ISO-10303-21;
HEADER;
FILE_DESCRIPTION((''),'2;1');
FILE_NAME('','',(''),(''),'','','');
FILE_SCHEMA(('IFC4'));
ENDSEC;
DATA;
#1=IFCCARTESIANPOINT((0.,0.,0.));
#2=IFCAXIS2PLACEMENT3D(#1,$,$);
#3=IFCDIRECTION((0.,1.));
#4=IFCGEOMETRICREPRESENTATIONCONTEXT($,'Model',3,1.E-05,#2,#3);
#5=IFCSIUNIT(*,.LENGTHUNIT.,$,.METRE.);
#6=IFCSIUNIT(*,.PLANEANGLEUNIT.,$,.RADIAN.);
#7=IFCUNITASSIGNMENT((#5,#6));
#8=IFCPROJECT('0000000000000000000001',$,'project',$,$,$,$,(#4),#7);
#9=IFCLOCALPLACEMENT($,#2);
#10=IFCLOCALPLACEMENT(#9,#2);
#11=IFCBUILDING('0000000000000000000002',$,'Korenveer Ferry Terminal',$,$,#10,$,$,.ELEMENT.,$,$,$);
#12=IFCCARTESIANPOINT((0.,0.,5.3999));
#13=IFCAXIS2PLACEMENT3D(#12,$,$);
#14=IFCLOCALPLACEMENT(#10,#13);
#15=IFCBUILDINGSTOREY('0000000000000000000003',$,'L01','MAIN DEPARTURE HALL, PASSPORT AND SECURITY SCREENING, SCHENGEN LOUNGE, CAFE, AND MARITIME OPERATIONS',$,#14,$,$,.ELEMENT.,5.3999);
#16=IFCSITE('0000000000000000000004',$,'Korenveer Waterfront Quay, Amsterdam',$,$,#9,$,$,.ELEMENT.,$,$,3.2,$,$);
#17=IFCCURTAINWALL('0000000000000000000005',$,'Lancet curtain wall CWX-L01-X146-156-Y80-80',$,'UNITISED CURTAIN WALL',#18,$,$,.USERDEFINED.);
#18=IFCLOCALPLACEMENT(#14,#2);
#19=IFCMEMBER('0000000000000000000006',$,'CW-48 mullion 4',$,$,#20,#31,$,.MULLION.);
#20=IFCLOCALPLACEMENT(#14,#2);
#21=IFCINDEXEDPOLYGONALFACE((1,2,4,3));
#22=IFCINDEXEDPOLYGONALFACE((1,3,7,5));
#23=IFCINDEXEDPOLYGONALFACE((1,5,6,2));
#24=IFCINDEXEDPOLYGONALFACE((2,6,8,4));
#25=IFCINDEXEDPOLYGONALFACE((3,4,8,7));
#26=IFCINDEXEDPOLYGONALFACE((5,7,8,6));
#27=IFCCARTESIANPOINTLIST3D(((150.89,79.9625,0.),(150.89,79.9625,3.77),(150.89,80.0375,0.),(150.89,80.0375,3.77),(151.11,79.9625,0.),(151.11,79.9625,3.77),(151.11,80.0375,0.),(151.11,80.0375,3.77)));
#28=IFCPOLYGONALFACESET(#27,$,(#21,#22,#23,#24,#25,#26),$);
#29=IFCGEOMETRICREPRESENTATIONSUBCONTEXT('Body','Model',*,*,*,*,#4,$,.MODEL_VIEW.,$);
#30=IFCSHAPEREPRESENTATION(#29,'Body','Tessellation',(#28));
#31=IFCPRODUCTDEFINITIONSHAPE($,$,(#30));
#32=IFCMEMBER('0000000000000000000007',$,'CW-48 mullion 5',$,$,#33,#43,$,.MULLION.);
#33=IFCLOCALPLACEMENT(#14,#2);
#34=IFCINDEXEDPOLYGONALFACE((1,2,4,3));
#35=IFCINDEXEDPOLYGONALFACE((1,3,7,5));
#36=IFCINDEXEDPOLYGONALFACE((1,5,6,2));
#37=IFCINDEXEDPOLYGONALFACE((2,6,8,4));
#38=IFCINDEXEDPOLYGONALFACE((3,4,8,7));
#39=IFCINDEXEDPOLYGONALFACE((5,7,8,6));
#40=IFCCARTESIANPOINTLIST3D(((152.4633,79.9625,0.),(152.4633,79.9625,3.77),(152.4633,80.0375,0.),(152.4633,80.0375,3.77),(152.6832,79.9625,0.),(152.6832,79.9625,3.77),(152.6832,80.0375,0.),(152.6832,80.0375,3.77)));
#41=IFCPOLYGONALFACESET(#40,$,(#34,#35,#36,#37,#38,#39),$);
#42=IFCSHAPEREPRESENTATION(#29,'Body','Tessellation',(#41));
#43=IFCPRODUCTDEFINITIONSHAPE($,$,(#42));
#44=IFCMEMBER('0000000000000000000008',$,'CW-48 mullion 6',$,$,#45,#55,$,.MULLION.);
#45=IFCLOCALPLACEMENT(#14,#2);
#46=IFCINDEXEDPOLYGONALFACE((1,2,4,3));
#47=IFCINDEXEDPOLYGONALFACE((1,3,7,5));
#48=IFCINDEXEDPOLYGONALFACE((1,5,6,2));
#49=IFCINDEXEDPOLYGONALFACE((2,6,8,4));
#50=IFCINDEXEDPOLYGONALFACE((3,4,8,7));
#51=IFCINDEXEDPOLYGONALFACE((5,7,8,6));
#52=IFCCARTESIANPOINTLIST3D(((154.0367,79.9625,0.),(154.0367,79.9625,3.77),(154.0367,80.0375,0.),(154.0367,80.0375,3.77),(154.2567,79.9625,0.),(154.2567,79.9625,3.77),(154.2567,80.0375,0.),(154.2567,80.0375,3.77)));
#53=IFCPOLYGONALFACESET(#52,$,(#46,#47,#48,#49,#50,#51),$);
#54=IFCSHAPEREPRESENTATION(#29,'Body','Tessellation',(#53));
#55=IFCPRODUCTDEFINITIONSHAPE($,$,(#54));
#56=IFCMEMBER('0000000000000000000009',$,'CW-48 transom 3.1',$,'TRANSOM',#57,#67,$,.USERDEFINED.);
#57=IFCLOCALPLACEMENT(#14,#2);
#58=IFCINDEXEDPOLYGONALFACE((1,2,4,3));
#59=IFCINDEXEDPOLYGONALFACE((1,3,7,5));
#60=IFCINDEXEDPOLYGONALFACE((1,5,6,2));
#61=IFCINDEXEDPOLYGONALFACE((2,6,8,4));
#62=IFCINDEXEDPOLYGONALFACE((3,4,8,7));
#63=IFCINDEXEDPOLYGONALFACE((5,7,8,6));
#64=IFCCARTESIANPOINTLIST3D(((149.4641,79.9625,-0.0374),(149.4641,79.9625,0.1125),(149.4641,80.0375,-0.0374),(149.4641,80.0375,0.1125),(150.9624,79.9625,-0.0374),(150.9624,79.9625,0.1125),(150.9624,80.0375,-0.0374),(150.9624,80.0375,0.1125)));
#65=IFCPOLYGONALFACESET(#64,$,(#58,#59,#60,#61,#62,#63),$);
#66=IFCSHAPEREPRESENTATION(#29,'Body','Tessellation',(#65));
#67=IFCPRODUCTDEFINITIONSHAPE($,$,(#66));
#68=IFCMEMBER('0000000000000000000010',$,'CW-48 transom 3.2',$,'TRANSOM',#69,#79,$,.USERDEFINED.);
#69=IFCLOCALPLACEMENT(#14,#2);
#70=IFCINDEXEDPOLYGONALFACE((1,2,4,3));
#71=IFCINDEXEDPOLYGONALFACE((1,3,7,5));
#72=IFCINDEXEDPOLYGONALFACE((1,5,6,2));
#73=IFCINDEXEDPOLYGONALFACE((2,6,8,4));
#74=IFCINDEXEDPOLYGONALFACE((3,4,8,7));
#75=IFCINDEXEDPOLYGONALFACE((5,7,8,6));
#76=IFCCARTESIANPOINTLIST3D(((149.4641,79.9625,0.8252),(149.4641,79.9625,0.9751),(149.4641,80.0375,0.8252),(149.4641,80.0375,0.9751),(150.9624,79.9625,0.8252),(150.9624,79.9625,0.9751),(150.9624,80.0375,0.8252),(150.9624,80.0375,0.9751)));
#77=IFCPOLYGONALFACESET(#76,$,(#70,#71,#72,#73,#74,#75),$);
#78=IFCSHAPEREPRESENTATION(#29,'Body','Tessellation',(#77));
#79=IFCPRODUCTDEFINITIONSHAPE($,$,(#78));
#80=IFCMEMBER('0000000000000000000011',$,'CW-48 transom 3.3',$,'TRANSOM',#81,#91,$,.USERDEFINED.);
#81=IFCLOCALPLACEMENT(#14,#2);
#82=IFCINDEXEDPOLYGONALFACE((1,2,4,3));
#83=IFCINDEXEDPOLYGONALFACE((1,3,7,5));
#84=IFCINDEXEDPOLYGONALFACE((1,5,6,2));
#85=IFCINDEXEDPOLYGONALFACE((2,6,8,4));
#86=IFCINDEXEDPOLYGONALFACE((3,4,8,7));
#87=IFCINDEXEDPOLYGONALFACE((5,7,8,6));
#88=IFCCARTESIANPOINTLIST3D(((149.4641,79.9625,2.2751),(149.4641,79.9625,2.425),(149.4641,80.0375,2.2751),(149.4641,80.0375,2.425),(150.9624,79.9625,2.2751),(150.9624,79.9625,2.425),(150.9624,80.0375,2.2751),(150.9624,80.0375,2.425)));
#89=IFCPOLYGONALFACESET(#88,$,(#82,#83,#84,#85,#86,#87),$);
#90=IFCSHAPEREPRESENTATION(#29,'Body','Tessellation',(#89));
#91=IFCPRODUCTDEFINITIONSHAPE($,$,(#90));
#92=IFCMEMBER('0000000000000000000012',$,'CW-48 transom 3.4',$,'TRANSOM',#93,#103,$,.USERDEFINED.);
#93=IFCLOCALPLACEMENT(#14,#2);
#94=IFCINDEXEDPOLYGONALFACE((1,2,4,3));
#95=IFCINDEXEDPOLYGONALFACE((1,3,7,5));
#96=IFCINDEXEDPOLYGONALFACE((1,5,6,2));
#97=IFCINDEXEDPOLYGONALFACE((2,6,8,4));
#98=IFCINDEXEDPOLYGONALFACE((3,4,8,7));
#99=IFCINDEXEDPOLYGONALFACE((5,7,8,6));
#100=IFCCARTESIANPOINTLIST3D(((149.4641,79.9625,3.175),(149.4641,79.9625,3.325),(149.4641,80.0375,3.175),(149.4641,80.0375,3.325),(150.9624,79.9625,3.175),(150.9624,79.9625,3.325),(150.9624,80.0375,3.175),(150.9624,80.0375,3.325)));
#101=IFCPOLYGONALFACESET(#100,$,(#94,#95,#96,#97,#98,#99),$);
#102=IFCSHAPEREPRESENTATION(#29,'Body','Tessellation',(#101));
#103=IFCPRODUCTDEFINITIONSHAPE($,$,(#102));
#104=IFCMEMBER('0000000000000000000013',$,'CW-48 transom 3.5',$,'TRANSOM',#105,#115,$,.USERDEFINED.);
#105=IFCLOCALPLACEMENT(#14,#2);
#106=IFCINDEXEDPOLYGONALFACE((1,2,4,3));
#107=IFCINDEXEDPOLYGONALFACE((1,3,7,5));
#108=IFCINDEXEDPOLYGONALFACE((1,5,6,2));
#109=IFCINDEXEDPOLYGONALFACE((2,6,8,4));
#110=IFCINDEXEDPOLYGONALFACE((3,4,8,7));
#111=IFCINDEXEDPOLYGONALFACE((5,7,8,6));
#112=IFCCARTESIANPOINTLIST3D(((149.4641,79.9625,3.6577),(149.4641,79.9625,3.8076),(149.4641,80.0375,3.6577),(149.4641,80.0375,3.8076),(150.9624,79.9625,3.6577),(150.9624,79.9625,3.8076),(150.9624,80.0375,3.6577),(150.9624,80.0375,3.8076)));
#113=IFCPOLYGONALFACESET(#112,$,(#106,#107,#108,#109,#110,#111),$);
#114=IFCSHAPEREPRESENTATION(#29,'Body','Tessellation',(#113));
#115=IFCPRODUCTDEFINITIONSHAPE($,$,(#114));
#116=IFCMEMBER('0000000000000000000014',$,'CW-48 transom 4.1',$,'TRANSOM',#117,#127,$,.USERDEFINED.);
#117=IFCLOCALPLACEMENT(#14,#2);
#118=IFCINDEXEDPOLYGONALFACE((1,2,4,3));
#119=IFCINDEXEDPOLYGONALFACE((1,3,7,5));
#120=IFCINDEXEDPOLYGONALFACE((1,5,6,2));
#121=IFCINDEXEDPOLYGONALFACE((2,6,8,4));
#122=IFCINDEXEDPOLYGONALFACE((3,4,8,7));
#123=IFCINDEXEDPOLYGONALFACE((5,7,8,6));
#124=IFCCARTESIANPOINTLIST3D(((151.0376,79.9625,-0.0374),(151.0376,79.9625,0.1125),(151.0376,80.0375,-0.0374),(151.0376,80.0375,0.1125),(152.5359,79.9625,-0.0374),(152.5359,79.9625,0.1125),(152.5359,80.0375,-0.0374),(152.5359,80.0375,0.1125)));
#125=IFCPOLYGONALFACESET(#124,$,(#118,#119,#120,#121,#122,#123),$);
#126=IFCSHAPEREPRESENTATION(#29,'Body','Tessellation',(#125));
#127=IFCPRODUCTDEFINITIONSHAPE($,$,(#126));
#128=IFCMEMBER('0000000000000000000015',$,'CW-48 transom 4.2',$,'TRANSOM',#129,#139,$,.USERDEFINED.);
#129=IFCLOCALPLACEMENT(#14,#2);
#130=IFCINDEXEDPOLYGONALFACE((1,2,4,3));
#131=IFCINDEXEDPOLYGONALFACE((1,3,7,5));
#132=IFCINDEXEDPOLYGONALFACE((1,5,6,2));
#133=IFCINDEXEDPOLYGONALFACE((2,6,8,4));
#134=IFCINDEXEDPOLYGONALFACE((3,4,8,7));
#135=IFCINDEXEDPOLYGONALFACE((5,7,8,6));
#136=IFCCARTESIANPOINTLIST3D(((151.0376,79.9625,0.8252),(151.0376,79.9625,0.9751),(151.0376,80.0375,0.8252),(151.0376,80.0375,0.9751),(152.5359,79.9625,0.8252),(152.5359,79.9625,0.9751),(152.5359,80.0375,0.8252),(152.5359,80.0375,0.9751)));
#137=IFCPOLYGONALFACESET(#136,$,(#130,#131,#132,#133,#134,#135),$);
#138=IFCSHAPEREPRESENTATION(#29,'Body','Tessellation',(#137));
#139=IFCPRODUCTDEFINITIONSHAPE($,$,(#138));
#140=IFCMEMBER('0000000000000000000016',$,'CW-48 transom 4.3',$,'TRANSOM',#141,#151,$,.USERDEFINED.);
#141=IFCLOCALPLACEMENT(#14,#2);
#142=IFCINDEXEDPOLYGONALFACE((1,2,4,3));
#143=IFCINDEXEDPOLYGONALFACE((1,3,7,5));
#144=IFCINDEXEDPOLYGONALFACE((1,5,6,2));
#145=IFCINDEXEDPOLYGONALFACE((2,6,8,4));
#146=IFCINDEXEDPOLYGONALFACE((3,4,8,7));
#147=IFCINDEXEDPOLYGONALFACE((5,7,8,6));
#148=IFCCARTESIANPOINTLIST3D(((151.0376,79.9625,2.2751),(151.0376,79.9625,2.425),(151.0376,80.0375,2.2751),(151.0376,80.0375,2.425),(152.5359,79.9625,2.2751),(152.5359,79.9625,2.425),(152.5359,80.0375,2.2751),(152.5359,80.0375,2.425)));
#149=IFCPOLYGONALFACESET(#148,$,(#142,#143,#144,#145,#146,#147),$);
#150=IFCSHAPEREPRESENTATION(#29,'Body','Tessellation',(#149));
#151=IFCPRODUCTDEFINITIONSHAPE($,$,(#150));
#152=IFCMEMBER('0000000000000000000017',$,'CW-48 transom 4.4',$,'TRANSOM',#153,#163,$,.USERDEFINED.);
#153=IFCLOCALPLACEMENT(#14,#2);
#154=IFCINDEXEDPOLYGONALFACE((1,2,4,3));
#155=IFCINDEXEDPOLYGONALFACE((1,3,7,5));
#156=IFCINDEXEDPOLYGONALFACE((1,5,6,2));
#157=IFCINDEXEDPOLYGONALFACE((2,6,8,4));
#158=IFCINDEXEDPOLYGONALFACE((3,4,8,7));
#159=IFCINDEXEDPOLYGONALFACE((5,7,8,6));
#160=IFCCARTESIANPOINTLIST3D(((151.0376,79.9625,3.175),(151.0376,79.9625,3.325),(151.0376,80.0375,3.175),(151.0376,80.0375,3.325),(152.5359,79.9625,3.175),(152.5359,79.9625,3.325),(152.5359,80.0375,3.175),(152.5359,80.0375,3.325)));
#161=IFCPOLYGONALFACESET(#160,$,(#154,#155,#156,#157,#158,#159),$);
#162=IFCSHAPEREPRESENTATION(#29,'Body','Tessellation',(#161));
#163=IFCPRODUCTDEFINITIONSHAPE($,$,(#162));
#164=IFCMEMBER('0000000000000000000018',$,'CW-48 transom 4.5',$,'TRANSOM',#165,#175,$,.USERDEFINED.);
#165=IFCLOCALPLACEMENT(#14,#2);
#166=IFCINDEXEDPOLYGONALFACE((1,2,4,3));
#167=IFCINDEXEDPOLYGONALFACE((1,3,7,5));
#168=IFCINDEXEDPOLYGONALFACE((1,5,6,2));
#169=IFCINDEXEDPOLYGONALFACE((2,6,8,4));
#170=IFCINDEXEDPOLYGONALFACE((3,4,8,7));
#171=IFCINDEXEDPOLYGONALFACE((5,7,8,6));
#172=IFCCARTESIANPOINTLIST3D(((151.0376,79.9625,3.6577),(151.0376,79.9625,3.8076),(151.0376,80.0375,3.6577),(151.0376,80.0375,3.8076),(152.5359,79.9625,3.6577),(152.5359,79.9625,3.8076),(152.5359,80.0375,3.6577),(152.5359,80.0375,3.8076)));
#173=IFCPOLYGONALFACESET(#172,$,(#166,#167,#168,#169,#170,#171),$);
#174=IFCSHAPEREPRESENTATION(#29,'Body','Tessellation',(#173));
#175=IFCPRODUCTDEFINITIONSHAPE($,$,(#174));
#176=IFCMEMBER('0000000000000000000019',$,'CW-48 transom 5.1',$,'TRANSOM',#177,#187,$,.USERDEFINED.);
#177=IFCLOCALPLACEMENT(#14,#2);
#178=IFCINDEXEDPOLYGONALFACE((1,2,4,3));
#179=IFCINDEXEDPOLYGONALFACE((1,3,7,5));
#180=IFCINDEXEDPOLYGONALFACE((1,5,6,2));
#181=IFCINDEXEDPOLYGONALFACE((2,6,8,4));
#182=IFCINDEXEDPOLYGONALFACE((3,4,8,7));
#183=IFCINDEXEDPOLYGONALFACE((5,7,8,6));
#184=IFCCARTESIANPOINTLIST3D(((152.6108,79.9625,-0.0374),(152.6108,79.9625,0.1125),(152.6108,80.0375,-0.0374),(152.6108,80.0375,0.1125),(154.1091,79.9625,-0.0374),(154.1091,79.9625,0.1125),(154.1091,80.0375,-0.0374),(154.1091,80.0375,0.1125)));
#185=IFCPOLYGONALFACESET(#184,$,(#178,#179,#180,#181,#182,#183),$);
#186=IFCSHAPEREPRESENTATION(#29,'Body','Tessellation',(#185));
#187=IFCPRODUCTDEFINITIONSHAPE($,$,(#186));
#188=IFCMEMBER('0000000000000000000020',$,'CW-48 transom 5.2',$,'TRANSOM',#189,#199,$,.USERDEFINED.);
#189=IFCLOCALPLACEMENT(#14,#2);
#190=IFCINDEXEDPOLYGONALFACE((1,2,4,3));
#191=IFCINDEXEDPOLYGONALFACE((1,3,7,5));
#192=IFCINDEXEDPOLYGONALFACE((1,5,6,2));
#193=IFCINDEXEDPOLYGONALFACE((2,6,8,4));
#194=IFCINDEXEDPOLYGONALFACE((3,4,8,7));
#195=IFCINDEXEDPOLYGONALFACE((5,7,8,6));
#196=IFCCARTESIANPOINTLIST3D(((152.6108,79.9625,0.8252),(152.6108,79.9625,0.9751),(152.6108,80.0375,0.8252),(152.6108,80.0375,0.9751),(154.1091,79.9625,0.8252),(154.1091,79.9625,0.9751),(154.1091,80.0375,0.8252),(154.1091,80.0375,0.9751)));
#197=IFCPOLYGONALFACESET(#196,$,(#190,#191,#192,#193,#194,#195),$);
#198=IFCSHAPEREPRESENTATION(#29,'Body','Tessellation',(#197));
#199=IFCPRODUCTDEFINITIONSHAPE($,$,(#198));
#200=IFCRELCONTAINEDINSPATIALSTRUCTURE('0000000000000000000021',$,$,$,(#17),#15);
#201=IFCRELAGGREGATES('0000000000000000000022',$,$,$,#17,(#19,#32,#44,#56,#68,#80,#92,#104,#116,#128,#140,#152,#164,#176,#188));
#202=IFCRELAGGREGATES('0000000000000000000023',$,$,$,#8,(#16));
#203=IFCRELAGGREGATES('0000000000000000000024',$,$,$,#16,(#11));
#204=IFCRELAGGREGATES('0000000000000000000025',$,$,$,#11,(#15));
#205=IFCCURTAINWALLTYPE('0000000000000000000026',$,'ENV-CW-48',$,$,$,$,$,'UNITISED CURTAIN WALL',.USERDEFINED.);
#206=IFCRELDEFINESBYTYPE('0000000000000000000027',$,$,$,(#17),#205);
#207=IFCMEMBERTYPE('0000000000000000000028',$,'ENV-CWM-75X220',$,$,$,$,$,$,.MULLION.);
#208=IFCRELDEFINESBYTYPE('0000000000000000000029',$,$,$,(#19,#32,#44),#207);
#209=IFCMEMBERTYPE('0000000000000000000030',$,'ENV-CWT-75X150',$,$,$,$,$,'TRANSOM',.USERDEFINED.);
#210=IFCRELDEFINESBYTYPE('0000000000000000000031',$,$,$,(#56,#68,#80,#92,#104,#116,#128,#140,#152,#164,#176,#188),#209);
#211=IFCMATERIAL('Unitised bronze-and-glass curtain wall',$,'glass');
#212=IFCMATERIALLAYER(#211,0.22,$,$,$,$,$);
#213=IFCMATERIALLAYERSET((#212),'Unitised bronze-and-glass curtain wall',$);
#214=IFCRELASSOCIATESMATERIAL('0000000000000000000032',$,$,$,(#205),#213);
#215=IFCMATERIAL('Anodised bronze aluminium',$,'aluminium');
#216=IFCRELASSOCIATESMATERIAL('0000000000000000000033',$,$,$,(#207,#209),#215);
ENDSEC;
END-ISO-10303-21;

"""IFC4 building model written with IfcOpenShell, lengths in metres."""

from ifc_helpers import new_model, si_unit, direction, frame, origin, origin_2d, place, context, subcontext, project, spatial, rectangle, extrude, material, layer, layer_set, material_profile, profile_set, type_object, element, aggregate, save


model = new_model("IFC4")

# Units and contexts
model_context = context("Model", 3, precision=1e-05, world=origin(), true_north=direction((0.0, 1.0)))
body_context = subcontext(model_context, "Body", "Model", "MODEL_VIEW")
ifc_project = project(units=[si_unit("LENGTHUNIT", "METRE"), si_unit("PLANEANGLEUNIT", "RADIAN")], contexts=[model_context])

# Site, building, storey
site_placement = place(None, origin())
site = spatial("IfcSite", under=ifc_project, at=site_placement, Name="Korenveer Waterfront Quay, Amsterdam", CompositionType="ELEMENT", RefElevation=3.2)
building_placement = place(site_placement, origin())
building = spatial("IfcBuilding", under=site, at=building_placement, Name="Korenveer Ferry Terminal", CompositionType="ELEMENT")
storey_placement = place(building_placement, frame((0.0, 0.0, 5.3999)))
storey = spatial("IfcBuildingStorey", under=building, at=storey_placement, Name="L01", Description="MAIN DEPARTURE HALL, PASSPORT AND SECURITY SCREENING, SCHENGEN LOUNGE, CAFE, AND MARITIME OPERATIONS", CompositionType="ELEMENT", Elevation=5.3999)

# Curtain wall, members
ifc_material_1 = material(Name="Unitised bronze-and-glass curtain wall", Category="glass")
ifc_layer_1 = layer(ifc_material_1, 0.22)
ifc_layer_set_1 = layer_set([ifc_layer_1], Name="Unitised bronze-and-glass curtain wall")
curtain_wall_type = type_object("IfcCurtainWallType", Name="ENV-CW-48", ElementType="UNITISED CURTAIN WALL", PredefinedType="USERDEFINED", material=ifc_layer_set_1)
curtain_wall_placement = place(storey_placement, frame((146.28, 80.0, 0.0)))
curtain_wall = element("IfcCurtainWall", 1, at=curtain_wall_placement, inside=storey, type_object=curtain_wall_type, Name="Lancet curtain wall CWX-L01-X146-156-Y80-80", ObjectType="UNITISED CURTAIN WALL", PredefinedType="USERDEFINED")
ifc_material_2 = material(Name="Anodised bronze aluminium", Category="aluminium")
ifc_material_profile_1 = material_profile(ifc_material_2, rectangle(XDim=0.075, YDim=0.22, at=origin_2d()), Name="ALU 75x220")
ifc_profile_set_1 = profile_set([ifc_material_profile_1], Name="Anodised bronze aluminium")
member_type_1 = type_object("IfcMemberType", Name="ENV-CWM-75X220", PredefinedType="MULLION", material=ifc_profile_set_1)
member_1_placement = place(storey_placement, frame((151.0, 80.0, 0.0), z_axis=(0.0, 0.0, 1.0), x_axis=(0.0, 1.0, 0.0)))
member_1 = element("IfcMember", 2, at=member_1_placement, type_object=member_type_1, Name="CW-48 mullion 4", PredefinedType="MULLION", context=body_context, shape_type="SweptSolid", body=[
    extrude(rectangle(XDim=0.075, YDim=0.22, at=origin_2d()), origin(), (0.0, 0.0, 1.0), 3.77),
])
member_2_placement = place(storey_placement, frame((152.5732, 80.0, 0.0), z_axis=(0.0, 0.0, 1.0), x_axis=(0.0, 1.0, 0.0)))
member_2 = element("IfcMember", 3, at=member_2_placement, type_object=member_type_1, Name="CW-48 mullion 5", PredefinedType="MULLION", context=body_context, shape_type="SweptSolid", body=[
    extrude(rectangle(XDim=0.075, YDim=0.22, at=origin_2d()), origin(), (0.0, 0.0, 1.0), 3.77),
])
member_3_placement = place(storey_placement, frame((154.1467, 80.0, 0.0), z_axis=(0.0, 0.0, 1.0), x_axis=(0.0, 1.0, 0.0)))
member_3 = element("IfcMember", 4, at=member_3_placement, type_object=member_type_1, Name="CW-48 mullion 6", PredefinedType="MULLION", context=body_context, shape_type="SweptSolid", body=[
    extrude(rectangle(XDim=0.075, YDim=0.22, at=origin_2d()), origin(), (0.0, 0.0, 1.0), 3.77),
])
ifc_material_profile_2 = material_profile(ifc_material_2, rectangle(XDim=0.075, YDim=0.1499, at=origin_2d()), Name="ALU 75x150")
ifc_profile_set_2 = profile_set([ifc_material_profile_2], Name="Anodised bronze aluminium")
member_type_2 = type_object("IfcMemberType", Name="ENV-CWT-75X150", ElementType="TRANSOM", PredefinedType="USERDEFINED", material=ifc_profile_set_2)
member_4_placement = place(storey_placement, frame((149.4641, 80.0, 0.0376), z_axis=(1.0, 0.0, 0.0), x_axis=(0.0, 1.0, 0.0)))
member_4 = element("IfcMember", 5, at=member_4_placement, type_object=member_type_2, Name="CW-48 transom 3.1", ObjectType="TRANSOM", PredefinedType="USERDEFINED", context=body_context, shape_type="SweptSolid", body=[
    extrude(rectangle(XDim=0.075, YDim=0.1499, at=origin_2d()), origin(), (0.0, 0.0, 1.0), 1.4983),
])
member_5_placement = place(storey_placement, frame((149.4641, 80.0, 0.9001), z_axis=(1.0, 0.0, 0.0), x_axis=(0.0, 1.0, 0.0)))
member_5 = element("IfcMember", 6, at=member_5_placement, type_object=member_type_2, Name="CW-48 transom 3.2", ObjectType="TRANSOM", PredefinedType="USERDEFINED", context=body_context, shape_type="SweptSolid", body=[
    extrude(rectangle(XDim=0.075, YDim=0.1499, at=origin_2d()), origin(), (0.0, 0.0, 1.0), 1.4983),
])
member_6_placement = place(storey_placement, frame((149.4641, 80.0, 2.3501), z_axis=(1.0, 0.0, 0.0), x_axis=(0.0, 1.0, 0.0)))
member_6 = element("IfcMember", 7, at=member_6_placement, type_object=member_type_2, Name="CW-48 transom 3.3", ObjectType="TRANSOM", PredefinedType="USERDEFINED", context=body_context, shape_type="SweptSolid", body=[
    extrude(rectangle(XDim=0.075, YDim=0.1499, at=origin_2d()), origin(), (0.0, 0.0, 1.0), 1.4983),
])
member_7_placement = place(storey_placement, frame((149.4641, 80.0, 3.25), z_axis=(1.0, 0.0, 0.0), x_axis=(0.0, 1.0, 0.0)))
member_7 = element("IfcMember", 8, at=member_7_placement, type_object=member_type_2, Name="CW-48 transom 3.4", ObjectType="TRANSOM", PredefinedType="USERDEFINED", context=body_context, shape_type="SweptSolid", body=[
    extrude(rectangle(XDim=0.075, YDim=0.1499, at=origin_2d()), origin(), (0.0, 0.0, 1.0), 1.4983),
])
member_8_placement = place(storey_placement, frame((149.4641, 80.0, 3.7327), z_axis=(1.0, 0.0, 0.0), x_axis=(0.0, 1.0, 0.0)))
member_8 = element("IfcMember", 9, at=member_8_placement, type_object=member_type_2, Name="CW-48 transom 3.5", ObjectType="TRANSOM", PredefinedType="USERDEFINED", context=body_context, shape_type="SweptSolid", body=[
    extrude(rectangle(XDim=0.075, YDim=0.1499, at=origin_2d()), origin(), (0.0, 0.0, 1.0), 1.4983),
])
member_9_placement = place(storey_placement, frame((151.0376, 80.0, 0.0376), z_axis=(1.0, 0.0, 0.0), x_axis=(0.0, 1.0, 0.0)))
member_9 = element("IfcMember", 10, at=member_9_placement, type_object=member_type_2, Name="CW-48 transom 4.1", ObjectType="TRANSOM", PredefinedType="USERDEFINED", context=body_context, shape_type="SweptSolid", body=[
    extrude(rectangle(XDim=0.075, YDim=0.1499, at=origin_2d()), origin(), (0.0, 0.0, 1.0), 1.4983),
])
member_10_placement = place(storey_placement, frame((151.0376, 80.0, 0.9001), z_axis=(1.0, 0.0, 0.0), x_axis=(0.0, 1.0, 0.0)))
member_10 = element("IfcMember", 11, at=member_10_placement, type_object=member_type_2, Name="CW-48 transom 4.2", ObjectType="TRANSOM", PredefinedType="USERDEFINED", context=body_context, shape_type="SweptSolid", body=[
    extrude(rectangle(XDim=0.075, YDim=0.1499, at=origin_2d()), origin(), (0.0, 0.0, 1.0), 1.4983),
])
member_11_placement = place(storey_placement, frame((151.0376, 80.0, 2.3501), z_axis=(1.0, 0.0, 0.0), x_axis=(0.0, 1.0, 0.0)))
member_11 = element("IfcMember", 12, at=member_11_placement, type_object=member_type_2, Name="CW-48 transom 4.3", ObjectType="TRANSOM", PredefinedType="USERDEFINED", context=body_context, shape_type="SweptSolid", body=[
    extrude(rectangle(XDim=0.075, YDim=0.1499, at=origin_2d()), origin(), (0.0, 0.0, 1.0), 1.4983),
])
member_12_placement = place(storey_placement, frame((151.0376, 80.0, 3.25), z_axis=(1.0, 0.0, 0.0), x_axis=(0.0, 1.0, 0.0)))
member_12 = element("IfcMember", 13, at=member_12_placement, type_object=member_type_2, Name="CW-48 transom 4.4", ObjectType="TRANSOM", PredefinedType="USERDEFINED", context=body_context, shape_type="SweptSolid", body=[
    extrude(rectangle(XDim=0.075, YDim=0.1499, at=origin_2d()), origin(), (0.0, 0.0, 1.0), 1.4983),
])
member_13_placement = place(storey_placement, frame((151.0376, 80.0, 3.7327), z_axis=(1.0, 0.0, 0.0), x_axis=(0.0, 1.0, 0.0)))
member_13 = element("IfcMember", 14, at=member_13_placement, type_object=member_type_2, Name="CW-48 transom 4.5", ObjectType="TRANSOM", PredefinedType="USERDEFINED", context=body_context, shape_type="SweptSolid", body=[
    extrude(rectangle(XDim=0.075, YDim=0.1499, at=origin_2d()), origin(), (0.0, 0.0, 1.0), 1.4983),
])
member_14_placement = place(storey_placement, frame((152.6108, 80.0, 0.0376), z_axis=(1.0, 0.0, 0.0), x_axis=(0.0, 1.0, 0.0)))
member_14 = element("IfcMember", 15, at=member_14_placement, type_object=member_type_2, Name="CW-48 transom 5.1", ObjectType="TRANSOM", PredefinedType="USERDEFINED", context=body_context, shape_type="SweptSolid", body=[
    extrude(rectangle(XDim=0.075, YDim=0.1499, at=origin_2d()), origin(), (0.0, 0.0, 1.0), 1.4983),
])
member_15_placement = place(storey_placement, frame((152.6108, 80.0, 0.9001), z_axis=(1.0, 0.0, 0.0), x_axis=(0.0, 1.0, 0.0)))
member_15 = element("IfcMember", 16, at=member_15_placement, type_object=member_type_2, Name="CW-48 transom 5.2", ObjectType="TRANSOM", PredefinedType="USERDEFINED", context=body_context, shape_type="SweptSolid", body=[
    extrude(rectangle(XDim=0.075, YDim=0.1499, at=origin_2d()), origin(), (0.0, 0.0, 1.0), 1.4983),
])
aggregate(curtain_wall, [member_1, member_2, member_3, member_4, member_5, member_6, member_7, member_8, member_9, member_10, member_11, member_12, member_13, member_14, member_15])

save(model, "model.ifc")
